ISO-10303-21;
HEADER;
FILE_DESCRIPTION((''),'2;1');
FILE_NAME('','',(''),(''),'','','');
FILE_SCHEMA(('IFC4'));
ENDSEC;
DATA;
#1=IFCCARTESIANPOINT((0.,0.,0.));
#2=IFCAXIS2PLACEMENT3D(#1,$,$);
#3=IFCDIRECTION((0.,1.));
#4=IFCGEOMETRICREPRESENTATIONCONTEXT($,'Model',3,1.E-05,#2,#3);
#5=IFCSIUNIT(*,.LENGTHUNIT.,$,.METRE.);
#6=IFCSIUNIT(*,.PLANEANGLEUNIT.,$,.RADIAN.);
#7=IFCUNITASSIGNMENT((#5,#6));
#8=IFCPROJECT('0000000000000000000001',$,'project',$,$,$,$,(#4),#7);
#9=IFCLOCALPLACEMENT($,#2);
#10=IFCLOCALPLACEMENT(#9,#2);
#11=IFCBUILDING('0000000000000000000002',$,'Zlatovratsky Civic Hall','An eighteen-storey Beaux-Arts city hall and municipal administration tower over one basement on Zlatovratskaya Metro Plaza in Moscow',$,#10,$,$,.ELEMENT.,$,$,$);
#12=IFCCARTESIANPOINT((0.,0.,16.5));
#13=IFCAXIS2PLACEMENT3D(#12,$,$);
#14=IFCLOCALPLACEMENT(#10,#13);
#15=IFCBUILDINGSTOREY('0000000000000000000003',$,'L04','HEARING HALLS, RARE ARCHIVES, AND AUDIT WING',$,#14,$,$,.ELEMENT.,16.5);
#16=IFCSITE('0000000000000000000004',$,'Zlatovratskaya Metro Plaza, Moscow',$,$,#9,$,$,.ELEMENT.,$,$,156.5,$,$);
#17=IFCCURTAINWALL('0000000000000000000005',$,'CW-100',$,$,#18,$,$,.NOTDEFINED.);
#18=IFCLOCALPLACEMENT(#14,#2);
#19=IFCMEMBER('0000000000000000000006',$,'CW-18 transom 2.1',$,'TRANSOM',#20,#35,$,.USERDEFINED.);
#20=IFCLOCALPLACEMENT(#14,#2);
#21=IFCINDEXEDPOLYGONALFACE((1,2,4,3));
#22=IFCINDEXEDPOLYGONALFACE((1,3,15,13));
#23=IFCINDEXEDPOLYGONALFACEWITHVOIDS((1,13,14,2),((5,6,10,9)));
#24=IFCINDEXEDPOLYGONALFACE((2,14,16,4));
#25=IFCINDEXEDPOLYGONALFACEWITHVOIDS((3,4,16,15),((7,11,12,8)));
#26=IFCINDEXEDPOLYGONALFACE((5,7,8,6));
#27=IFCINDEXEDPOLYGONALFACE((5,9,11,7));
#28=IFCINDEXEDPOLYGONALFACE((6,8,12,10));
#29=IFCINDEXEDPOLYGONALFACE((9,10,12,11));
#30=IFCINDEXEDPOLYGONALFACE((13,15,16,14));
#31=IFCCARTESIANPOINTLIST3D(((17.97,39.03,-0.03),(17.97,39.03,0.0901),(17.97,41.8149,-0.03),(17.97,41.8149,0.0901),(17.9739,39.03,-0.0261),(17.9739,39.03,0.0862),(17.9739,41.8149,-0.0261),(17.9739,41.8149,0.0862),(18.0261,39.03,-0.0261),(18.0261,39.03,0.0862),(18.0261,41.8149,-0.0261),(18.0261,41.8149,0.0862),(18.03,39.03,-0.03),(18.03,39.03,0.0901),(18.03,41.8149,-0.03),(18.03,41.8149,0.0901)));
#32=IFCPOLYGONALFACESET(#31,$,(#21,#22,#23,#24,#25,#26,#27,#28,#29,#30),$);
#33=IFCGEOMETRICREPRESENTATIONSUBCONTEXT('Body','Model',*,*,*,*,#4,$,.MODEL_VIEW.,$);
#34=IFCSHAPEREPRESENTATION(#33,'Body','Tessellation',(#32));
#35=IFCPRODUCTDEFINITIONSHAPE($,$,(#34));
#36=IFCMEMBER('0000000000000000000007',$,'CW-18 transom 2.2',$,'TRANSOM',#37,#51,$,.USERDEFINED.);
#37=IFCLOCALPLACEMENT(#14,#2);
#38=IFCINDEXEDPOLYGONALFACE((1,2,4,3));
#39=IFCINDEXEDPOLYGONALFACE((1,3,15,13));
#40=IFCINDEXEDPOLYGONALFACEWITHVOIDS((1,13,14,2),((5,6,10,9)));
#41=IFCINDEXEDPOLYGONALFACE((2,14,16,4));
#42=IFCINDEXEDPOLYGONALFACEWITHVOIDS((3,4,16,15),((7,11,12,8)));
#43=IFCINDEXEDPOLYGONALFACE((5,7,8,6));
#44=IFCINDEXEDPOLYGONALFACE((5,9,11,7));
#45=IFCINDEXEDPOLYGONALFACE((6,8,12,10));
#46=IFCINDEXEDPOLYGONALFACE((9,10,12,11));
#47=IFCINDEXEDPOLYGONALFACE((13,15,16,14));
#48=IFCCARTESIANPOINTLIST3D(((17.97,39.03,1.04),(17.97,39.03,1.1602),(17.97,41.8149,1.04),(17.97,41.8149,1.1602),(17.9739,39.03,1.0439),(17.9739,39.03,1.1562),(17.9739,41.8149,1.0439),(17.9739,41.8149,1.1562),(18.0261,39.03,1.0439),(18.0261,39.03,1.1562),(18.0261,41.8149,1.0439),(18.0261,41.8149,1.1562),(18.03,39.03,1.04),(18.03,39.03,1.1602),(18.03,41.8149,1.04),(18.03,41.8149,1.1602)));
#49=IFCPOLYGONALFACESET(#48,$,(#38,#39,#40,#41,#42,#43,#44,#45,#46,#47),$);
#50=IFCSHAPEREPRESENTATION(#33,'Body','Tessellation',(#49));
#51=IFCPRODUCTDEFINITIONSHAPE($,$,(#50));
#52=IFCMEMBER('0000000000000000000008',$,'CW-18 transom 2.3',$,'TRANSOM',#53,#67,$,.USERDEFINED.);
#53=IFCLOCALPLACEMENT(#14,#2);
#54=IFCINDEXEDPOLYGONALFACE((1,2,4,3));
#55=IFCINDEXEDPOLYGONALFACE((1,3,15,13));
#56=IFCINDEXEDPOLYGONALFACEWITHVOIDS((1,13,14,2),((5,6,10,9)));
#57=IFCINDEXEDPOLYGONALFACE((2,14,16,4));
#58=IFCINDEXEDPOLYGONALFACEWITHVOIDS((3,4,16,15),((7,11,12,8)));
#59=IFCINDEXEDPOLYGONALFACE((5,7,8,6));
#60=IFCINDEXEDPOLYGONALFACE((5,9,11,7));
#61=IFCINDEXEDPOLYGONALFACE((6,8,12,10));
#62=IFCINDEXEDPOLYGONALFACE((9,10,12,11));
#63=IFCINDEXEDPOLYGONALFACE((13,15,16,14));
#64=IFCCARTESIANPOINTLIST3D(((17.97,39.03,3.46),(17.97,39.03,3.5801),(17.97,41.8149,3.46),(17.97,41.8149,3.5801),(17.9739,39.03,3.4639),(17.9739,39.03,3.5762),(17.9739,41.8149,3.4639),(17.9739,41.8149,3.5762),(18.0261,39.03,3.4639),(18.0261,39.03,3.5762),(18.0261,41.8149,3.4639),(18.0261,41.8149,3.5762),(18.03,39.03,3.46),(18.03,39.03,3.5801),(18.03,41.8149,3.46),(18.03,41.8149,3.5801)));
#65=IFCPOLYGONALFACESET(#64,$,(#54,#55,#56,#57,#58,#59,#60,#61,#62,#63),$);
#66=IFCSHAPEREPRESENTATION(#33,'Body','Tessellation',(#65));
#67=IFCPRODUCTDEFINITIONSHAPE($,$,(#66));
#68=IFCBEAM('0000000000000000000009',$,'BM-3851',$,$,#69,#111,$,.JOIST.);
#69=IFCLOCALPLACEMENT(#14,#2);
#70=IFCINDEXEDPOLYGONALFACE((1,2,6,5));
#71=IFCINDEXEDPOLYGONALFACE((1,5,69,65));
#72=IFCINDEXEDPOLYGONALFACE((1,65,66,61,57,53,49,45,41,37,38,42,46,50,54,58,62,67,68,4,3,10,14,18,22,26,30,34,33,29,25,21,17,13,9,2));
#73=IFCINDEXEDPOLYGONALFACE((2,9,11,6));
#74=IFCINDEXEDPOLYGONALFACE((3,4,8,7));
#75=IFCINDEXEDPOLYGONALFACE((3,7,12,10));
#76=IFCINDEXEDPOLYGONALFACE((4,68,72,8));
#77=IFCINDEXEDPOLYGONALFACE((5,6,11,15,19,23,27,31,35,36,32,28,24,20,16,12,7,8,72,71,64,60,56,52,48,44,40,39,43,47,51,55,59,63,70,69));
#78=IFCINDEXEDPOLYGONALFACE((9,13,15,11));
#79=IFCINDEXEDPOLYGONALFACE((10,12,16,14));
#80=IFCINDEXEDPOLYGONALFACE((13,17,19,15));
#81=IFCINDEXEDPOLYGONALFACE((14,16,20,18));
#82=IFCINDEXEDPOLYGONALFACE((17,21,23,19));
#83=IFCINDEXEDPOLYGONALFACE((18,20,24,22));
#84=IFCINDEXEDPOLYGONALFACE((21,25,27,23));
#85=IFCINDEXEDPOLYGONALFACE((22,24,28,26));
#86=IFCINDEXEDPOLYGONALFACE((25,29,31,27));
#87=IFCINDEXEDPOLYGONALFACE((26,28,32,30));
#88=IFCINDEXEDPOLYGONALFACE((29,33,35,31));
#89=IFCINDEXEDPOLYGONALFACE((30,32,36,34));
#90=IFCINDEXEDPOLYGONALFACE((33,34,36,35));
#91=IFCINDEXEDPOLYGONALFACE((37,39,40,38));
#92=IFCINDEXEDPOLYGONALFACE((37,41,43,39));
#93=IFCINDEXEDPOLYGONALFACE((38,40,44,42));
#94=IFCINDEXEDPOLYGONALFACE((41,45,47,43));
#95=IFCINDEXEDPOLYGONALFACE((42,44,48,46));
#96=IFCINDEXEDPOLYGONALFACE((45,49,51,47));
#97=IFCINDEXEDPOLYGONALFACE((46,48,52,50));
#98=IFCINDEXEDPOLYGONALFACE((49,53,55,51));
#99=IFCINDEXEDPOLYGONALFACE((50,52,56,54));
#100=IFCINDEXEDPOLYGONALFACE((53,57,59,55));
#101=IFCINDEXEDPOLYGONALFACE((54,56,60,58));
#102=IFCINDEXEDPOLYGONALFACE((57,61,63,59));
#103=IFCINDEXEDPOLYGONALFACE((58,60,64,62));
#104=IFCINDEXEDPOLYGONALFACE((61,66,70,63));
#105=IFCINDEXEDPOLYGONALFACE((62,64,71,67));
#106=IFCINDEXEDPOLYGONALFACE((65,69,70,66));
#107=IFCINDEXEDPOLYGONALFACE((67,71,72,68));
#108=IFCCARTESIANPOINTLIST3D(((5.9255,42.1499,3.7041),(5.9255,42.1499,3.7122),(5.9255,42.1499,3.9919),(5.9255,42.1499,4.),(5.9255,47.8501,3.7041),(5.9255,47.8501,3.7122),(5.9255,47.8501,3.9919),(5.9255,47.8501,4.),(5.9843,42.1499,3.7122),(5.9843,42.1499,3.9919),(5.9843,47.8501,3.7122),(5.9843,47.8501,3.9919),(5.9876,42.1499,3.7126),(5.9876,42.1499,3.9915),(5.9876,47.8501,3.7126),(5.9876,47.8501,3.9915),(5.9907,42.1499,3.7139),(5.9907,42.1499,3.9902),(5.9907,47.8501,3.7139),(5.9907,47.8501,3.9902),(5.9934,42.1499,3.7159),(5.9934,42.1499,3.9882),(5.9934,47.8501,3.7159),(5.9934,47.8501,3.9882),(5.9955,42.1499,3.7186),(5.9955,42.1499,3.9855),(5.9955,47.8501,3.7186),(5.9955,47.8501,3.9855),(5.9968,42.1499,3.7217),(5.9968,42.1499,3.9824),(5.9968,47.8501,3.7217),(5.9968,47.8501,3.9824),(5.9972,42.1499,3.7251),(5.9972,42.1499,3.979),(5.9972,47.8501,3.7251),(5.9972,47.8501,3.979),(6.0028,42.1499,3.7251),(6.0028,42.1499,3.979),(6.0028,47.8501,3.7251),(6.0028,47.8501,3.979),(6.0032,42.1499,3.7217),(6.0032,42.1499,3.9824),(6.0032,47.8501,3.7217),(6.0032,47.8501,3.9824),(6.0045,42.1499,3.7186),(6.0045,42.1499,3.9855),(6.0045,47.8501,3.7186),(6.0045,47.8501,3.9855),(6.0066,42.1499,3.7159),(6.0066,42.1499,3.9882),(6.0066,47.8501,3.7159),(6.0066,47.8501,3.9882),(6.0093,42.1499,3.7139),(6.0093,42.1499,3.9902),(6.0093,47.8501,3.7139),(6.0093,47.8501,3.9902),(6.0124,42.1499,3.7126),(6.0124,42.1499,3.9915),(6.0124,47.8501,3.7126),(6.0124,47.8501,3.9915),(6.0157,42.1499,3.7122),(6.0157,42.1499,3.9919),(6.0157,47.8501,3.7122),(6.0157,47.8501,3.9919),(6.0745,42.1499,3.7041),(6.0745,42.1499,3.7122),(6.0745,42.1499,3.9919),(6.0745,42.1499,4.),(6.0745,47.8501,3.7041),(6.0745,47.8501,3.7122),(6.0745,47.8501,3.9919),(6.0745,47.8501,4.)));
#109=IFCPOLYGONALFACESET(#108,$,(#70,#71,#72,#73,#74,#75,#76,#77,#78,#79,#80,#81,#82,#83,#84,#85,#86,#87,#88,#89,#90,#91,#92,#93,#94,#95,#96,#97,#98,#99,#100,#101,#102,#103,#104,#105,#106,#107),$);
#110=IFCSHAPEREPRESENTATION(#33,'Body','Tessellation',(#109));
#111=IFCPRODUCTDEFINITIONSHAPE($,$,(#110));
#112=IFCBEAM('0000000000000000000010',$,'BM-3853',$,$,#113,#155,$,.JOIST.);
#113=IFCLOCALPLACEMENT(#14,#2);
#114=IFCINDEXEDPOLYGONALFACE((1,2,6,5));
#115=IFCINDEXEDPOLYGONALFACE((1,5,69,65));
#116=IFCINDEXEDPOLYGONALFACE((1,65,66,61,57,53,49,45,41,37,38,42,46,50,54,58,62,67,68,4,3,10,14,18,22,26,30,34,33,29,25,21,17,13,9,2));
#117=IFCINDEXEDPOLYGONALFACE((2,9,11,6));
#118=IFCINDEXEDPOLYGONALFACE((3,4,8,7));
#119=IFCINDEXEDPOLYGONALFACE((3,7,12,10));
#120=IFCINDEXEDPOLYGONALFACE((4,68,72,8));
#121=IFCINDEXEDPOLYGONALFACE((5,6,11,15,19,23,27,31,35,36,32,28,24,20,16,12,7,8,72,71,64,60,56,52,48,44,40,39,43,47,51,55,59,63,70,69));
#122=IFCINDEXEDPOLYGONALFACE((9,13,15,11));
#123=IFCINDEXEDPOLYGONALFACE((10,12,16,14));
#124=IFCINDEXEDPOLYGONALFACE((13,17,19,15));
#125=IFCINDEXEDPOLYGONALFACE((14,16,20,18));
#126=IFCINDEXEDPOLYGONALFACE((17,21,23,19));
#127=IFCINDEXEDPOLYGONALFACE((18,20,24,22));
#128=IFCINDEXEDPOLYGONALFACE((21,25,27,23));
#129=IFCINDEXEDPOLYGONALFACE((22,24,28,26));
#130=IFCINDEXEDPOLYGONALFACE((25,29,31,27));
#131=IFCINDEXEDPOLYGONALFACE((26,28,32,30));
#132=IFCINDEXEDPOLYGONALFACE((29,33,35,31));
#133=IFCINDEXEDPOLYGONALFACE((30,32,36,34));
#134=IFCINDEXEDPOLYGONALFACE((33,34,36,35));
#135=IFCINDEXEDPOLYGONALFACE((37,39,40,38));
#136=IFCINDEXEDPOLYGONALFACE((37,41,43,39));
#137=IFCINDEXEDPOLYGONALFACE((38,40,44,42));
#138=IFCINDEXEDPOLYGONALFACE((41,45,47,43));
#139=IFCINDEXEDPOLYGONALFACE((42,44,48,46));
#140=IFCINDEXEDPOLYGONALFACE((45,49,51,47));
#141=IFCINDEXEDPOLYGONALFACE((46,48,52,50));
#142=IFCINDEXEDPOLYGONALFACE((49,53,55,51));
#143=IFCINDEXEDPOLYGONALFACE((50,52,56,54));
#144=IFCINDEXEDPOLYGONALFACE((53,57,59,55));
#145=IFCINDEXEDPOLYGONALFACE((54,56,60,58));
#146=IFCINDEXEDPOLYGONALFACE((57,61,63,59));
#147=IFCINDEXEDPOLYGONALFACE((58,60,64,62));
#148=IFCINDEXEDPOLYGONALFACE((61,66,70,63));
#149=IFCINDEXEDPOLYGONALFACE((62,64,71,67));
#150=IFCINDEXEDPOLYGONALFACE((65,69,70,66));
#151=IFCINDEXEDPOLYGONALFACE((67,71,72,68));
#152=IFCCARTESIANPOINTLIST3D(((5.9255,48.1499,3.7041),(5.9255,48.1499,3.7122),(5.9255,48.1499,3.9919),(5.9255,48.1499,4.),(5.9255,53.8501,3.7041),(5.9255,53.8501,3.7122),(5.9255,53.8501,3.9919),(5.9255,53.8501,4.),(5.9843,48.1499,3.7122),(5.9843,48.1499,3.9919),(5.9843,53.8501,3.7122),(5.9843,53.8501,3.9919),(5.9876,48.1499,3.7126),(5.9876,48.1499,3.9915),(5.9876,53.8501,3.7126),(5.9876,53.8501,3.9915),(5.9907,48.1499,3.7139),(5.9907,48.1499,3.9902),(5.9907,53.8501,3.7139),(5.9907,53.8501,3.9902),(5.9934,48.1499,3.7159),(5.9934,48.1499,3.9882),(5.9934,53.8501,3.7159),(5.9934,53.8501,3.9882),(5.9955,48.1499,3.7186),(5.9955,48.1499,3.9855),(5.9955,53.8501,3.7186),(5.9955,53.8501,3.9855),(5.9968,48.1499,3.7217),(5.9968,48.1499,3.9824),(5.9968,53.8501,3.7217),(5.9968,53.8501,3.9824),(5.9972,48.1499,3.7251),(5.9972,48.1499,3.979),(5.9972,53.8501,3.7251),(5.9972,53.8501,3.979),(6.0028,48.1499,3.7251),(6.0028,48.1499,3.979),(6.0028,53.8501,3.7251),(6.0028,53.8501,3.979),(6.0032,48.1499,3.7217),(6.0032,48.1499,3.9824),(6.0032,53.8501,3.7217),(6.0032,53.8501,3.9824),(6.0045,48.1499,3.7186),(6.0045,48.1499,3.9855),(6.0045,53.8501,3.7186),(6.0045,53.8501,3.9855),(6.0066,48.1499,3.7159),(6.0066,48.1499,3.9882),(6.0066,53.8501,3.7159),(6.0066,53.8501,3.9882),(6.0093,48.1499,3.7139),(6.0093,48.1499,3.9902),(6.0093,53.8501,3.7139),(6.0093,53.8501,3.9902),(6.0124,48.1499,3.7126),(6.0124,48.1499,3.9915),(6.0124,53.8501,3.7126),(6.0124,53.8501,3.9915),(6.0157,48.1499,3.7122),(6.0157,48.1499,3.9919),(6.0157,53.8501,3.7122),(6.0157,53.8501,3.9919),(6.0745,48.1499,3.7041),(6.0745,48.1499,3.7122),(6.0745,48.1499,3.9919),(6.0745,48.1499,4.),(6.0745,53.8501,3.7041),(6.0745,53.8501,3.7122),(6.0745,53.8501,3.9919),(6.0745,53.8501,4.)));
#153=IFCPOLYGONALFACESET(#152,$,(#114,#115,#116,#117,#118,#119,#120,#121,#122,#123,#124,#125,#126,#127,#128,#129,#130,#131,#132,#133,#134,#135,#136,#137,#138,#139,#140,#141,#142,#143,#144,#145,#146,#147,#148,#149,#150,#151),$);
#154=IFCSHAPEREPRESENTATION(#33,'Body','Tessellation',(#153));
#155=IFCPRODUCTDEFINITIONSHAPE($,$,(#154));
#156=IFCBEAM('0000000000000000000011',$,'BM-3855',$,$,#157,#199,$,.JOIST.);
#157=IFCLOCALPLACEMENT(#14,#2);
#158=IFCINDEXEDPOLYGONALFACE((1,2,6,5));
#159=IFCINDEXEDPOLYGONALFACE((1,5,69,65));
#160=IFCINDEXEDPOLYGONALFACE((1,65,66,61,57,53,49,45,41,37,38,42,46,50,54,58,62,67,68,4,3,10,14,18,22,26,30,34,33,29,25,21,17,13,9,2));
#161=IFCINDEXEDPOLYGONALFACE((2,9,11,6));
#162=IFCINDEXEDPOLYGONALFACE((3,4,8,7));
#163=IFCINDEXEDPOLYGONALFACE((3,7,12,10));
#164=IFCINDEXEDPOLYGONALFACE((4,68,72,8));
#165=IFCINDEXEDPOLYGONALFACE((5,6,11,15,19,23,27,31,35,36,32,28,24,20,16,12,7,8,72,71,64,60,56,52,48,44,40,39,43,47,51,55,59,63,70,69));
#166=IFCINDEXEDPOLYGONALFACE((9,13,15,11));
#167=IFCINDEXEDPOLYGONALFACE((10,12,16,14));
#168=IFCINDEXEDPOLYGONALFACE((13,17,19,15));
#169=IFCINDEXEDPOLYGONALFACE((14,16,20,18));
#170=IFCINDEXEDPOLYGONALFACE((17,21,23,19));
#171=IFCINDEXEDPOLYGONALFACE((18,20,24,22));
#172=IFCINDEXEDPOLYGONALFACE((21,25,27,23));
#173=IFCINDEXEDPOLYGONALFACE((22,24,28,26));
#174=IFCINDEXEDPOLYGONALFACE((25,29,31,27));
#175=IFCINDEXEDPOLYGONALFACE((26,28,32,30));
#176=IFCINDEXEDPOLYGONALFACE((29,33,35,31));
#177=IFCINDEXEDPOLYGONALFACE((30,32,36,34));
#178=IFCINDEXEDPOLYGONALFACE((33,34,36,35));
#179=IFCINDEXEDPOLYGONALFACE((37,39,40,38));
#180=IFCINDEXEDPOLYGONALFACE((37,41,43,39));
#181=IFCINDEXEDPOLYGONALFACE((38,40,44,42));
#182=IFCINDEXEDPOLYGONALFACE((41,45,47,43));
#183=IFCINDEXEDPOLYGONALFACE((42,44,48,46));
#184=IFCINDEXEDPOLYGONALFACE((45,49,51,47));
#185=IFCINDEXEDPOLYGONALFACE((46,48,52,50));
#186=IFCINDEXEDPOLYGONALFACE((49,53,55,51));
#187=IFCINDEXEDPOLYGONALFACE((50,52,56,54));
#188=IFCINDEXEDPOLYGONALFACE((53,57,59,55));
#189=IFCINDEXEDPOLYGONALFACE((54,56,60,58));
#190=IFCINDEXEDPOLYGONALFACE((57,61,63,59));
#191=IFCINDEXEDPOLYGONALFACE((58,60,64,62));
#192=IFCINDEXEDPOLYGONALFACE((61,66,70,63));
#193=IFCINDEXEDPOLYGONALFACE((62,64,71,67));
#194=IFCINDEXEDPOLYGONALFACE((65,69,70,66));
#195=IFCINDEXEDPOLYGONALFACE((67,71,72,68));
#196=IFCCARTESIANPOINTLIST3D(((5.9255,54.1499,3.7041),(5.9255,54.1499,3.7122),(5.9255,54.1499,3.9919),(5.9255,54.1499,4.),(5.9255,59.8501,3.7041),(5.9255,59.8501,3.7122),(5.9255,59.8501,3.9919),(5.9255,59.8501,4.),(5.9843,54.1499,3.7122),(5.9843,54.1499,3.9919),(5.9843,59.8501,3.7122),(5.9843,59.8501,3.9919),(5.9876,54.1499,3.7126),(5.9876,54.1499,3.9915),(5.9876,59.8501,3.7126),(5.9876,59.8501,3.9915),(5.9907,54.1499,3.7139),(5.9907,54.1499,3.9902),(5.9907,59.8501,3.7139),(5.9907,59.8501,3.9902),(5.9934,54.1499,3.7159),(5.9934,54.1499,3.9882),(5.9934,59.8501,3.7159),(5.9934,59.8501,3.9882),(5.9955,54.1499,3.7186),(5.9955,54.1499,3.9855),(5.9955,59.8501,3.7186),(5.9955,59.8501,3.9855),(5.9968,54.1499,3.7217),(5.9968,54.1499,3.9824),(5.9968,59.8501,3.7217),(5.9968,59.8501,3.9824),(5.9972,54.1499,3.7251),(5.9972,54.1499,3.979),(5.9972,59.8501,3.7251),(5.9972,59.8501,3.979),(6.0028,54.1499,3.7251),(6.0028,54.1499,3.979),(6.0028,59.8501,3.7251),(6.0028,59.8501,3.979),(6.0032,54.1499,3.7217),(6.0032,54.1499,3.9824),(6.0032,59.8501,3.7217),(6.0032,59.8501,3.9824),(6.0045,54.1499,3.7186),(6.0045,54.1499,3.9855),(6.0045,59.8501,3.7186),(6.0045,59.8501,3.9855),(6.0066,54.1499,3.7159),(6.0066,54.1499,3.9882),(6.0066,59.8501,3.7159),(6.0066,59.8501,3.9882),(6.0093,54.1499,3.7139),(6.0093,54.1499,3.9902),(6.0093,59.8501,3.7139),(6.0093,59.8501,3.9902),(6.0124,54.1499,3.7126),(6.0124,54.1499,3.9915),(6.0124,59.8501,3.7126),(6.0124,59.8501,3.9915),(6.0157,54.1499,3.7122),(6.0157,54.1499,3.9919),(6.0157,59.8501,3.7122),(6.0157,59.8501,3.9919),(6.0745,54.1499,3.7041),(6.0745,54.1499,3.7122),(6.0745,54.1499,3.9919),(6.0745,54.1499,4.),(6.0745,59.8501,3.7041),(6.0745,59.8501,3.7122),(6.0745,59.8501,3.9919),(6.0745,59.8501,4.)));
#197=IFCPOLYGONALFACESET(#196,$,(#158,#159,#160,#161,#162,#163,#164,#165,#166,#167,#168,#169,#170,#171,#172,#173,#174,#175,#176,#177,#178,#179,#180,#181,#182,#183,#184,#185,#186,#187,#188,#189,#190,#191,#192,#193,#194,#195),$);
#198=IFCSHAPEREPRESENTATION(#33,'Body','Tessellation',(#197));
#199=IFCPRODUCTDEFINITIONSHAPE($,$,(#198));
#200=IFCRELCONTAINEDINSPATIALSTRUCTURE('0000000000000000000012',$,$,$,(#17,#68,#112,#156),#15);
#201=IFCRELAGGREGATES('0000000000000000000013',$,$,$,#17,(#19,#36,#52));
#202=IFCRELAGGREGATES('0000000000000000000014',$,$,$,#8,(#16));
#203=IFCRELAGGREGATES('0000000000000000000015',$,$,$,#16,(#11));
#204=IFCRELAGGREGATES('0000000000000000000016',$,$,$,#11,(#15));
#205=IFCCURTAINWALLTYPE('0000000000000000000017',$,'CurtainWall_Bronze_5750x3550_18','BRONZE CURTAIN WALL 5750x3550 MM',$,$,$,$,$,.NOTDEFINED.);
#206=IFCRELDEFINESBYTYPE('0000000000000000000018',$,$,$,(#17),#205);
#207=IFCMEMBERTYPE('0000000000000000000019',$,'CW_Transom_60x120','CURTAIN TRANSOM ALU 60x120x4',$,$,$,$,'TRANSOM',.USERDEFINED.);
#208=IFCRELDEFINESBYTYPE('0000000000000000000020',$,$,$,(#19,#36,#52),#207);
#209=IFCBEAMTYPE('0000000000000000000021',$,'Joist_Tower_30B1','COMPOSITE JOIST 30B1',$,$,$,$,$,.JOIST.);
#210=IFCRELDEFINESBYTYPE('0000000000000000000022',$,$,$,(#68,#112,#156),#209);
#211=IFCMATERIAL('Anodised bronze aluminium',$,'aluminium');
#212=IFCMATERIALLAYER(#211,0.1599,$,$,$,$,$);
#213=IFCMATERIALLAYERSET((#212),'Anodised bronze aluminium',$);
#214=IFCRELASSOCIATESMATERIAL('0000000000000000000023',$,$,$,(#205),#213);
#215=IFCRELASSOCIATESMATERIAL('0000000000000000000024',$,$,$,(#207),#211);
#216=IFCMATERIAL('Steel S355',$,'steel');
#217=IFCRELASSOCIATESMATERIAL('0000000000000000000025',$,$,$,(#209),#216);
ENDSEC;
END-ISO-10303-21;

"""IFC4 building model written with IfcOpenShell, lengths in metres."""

from ifc_helpers import new_model, si_unit, direction, frame, origin, origin_2d, place, context, subcontext, project, spatial, hollow_rectangle, i_section, extrude, material, layer, layer_set, material_profile, profile_set, type_object, element, aggregate, save


model = new_model("IFC4")

# Units and contexts
model_context = context("Model", 3, precision=1e-05, world=origin(), true_north=direction((0.0, 1.0)))
body_context = subcontext(model_context, "Body", "Model", "MODEL_VIEW")
ifc_project = project(units=[si_unit("LENGTHUNIT", "METRE"), si_unit("PLANEANGLEUNIT", "RADIAN")], contexts=[model_context])

# Site, building, storey
site_placement = place(None, origin())
site = spatial("IfcSite", under=ifc_project, at=site_placement, Name="Zlatovratskaya Metro Plaza, Moscow", CompositionType="ELEMENT", RefElevation=156.5)
building_placement = place(site_placement, origin())
building = spatial("IfcBuilding", under=site, at=building_placement, Name="Zlatovratsky Civic Hall", Description="An eighteen-storey Beaux-Arts city hall and municipal administration tower over one basement on Zlatovratskaya Metro Plaza in Moscow", CompositionType="ELEMENT")
storey_placement = place(building_placement, frame((0.0, 0.0, 16.5)))
storey = spatial("IfcBuildingStorey", under=building, at=storey_placement, Name="L04", Description="HEARING HALLS, RARE ARCHIVES, AND AUDIT WING", CompositionType="ELEMENT", Elevation=16.5)

# Shared definitions
ifc_material_1 = material(Name="Steel S355", Category="steel")

# Curtain wall, members
ifc_material_2 = material(Name="Anodised bronze aluminium", Category="aluminium")
ifc_layer_1 = layer(ifc_material_2, 0.1599)
ifc_layer_set_1 = layer_set([ifc_layer_1], Name="Anodised bronze aluminium")
curtain_wall_type = type_object("IfcCurtainWallType", Name="CurtainWall_Bronze_5750x3550_18", Description="BRONZE CURTAIN WALL 5750x3550 MM", PredefinedType="NOTDEFINED", material=ifc_layer_set_1)
curtain_wall_placement = place(storey_placement, origin())
curtain_wall = element("IfcCurtainWall", 1, at=curtain_wall_placement, inside=storey, type_object=curtain_wall_type, Name="CW-100", PredefinedType="NOTDEFINED")
ifc_material_profile_1 = material_profile(ifc_material_2, hollow_rectangle(XDim=0.0601, YDim=0.1201, WallThickness=0.0039, at=origin_2d()), Name="ALU 60x120x4")
ifc_profile_set_1 = profile_set([ifc_material_profile_1], Name="Anodised bronze aluminium")
member_type_1 = type_object("IfcMemberType", Name="CW_Transom_60x120", Description="CURTAIN TRANSOM ALU 60x120x4", ElementType="TRANSOM", PredefinedType="USERDEFINED", material=ifc_profile_set_1)
member_1_placement = place(storey_placement, frame((18.0, 39.03, 0.03), z_axis=(0.0, 1.0, 0.0), x_axis=(-1.0, 0.0, 0.0)))
member_1 = element("IfcMember", 2, at=member_1_placement, type_object=member_type_1, Name="CW-18 transom 2.1", ObjectType="TRANSOM", PredefinedType="USERDEFINED", context=body_context, shape_type="SweptSolid", body=[
    extrude(hollow_rectangle(XDim=0.0601, YDim=0.1201, WallThickness=0.0039, at=origin_2d()), origin(), (0.0, 0.0, 1.0), 2.7849),
])
member_2_placement = place(storey_placement, frame((18.0, 39.03, 1.1001), z_axis=(0.0, 1.0, 0.0), x_axis=(-1.0, 0.0, 0.0)))
member_2 = element("IfcMember", 3, at=member_2_placement, type_object=member_type_1, Name="CW-18 transom 2.2", ObjectType="TRANSOM", PredefinedType="USERDEFINED", context=body_context, shape_type="SweptSolid", body=[
    extrude(hollow_rectangle(XDim=0.0601, YDim=0.1201, WallThickness=0.0039, at=origin_2d()), origin(), (0.0, 0.0, 1.0), 2.7849),
])
member_3_placement = place(storey_placement, frame((18.0, 39.03, 3.52), z_axis=(0.0, 1.0, 0.0), x_axis=(-1.0, 0.0, 0.0)))
member_3 = element("IfcMember", 4, at=member_3_placement, type_object=member_type_1, Name="CW-18 transom 2.3", ObjectType="TRANSOM", PredefinedType="USERDEFINED", context=body_context, shape_type="SweptSolid", body=[
    extrude(hollow_rectangle(XDim=0.0601, YDim=0.1201, WallThickness=0.0039, at=origin_2d()), origin(), (0.0, 0.0, 1.0), 2.7849),
])

# Beams
ifc_material_profile_2 = material_profile(ifc_material_1, i_section(OverallWidth=0.1489, OverallDepth=0.2959, WebThickness=0.0056, FlangeThickness=0.0081, FilletRadius=0.0129, at=origin_2d()), Name="30B1")
ifc_profile_set_2 = profile_set([ifc_material_profile_2], Name="Steel S355")
beam_type_1 = type_object("IfcBeamType", Name="Joist_Tower_30B1", Description="COMPOSITE JOIST 30B1", PredefinedType="JOIST", material=ifc_profile_set_2)
for number, where, z_axis, x_axis, name in (
    (5, (6.0, 42.1499, 3.8521), (0.0, 1.0, 0.0), (-1.0, 0.0, 0.0), "BM-3851"),
    (6, (6.0, 48.1499, 3.8521), (0.0, 1.0, 0.0), (-1.0, 0.0, 0.0), "BM-3853"),
    (7, (6.0, 54.1499, 3.8521), (0.0, 1.0, 0.0), (-1.0, 0.0, 0.0), "BM-3855"),
):
    element("IfcBeam", number, at=place(storey_placement, frame(where, z_axis=z_axis, x_axis=x_axis)), inside=storey, type_object=beam_type_1, Name=name, PredefinedType="JOIST", context=body_context, shape_type="SweptSolid", body=[
        extrude(i_section(OverallWidth=0.1489, OverallDepth=0.2959, WebThickness=0.0056, FlangeThickness=0.0081, FilletRadius=0.0129, at=origin_2d()), origin(), (0.0, 0.0, 1.0), 5.7002),
    ])

aggregate(curtain_wall, [member_1, member_2, member_3])

save(model, "model.ifc")
